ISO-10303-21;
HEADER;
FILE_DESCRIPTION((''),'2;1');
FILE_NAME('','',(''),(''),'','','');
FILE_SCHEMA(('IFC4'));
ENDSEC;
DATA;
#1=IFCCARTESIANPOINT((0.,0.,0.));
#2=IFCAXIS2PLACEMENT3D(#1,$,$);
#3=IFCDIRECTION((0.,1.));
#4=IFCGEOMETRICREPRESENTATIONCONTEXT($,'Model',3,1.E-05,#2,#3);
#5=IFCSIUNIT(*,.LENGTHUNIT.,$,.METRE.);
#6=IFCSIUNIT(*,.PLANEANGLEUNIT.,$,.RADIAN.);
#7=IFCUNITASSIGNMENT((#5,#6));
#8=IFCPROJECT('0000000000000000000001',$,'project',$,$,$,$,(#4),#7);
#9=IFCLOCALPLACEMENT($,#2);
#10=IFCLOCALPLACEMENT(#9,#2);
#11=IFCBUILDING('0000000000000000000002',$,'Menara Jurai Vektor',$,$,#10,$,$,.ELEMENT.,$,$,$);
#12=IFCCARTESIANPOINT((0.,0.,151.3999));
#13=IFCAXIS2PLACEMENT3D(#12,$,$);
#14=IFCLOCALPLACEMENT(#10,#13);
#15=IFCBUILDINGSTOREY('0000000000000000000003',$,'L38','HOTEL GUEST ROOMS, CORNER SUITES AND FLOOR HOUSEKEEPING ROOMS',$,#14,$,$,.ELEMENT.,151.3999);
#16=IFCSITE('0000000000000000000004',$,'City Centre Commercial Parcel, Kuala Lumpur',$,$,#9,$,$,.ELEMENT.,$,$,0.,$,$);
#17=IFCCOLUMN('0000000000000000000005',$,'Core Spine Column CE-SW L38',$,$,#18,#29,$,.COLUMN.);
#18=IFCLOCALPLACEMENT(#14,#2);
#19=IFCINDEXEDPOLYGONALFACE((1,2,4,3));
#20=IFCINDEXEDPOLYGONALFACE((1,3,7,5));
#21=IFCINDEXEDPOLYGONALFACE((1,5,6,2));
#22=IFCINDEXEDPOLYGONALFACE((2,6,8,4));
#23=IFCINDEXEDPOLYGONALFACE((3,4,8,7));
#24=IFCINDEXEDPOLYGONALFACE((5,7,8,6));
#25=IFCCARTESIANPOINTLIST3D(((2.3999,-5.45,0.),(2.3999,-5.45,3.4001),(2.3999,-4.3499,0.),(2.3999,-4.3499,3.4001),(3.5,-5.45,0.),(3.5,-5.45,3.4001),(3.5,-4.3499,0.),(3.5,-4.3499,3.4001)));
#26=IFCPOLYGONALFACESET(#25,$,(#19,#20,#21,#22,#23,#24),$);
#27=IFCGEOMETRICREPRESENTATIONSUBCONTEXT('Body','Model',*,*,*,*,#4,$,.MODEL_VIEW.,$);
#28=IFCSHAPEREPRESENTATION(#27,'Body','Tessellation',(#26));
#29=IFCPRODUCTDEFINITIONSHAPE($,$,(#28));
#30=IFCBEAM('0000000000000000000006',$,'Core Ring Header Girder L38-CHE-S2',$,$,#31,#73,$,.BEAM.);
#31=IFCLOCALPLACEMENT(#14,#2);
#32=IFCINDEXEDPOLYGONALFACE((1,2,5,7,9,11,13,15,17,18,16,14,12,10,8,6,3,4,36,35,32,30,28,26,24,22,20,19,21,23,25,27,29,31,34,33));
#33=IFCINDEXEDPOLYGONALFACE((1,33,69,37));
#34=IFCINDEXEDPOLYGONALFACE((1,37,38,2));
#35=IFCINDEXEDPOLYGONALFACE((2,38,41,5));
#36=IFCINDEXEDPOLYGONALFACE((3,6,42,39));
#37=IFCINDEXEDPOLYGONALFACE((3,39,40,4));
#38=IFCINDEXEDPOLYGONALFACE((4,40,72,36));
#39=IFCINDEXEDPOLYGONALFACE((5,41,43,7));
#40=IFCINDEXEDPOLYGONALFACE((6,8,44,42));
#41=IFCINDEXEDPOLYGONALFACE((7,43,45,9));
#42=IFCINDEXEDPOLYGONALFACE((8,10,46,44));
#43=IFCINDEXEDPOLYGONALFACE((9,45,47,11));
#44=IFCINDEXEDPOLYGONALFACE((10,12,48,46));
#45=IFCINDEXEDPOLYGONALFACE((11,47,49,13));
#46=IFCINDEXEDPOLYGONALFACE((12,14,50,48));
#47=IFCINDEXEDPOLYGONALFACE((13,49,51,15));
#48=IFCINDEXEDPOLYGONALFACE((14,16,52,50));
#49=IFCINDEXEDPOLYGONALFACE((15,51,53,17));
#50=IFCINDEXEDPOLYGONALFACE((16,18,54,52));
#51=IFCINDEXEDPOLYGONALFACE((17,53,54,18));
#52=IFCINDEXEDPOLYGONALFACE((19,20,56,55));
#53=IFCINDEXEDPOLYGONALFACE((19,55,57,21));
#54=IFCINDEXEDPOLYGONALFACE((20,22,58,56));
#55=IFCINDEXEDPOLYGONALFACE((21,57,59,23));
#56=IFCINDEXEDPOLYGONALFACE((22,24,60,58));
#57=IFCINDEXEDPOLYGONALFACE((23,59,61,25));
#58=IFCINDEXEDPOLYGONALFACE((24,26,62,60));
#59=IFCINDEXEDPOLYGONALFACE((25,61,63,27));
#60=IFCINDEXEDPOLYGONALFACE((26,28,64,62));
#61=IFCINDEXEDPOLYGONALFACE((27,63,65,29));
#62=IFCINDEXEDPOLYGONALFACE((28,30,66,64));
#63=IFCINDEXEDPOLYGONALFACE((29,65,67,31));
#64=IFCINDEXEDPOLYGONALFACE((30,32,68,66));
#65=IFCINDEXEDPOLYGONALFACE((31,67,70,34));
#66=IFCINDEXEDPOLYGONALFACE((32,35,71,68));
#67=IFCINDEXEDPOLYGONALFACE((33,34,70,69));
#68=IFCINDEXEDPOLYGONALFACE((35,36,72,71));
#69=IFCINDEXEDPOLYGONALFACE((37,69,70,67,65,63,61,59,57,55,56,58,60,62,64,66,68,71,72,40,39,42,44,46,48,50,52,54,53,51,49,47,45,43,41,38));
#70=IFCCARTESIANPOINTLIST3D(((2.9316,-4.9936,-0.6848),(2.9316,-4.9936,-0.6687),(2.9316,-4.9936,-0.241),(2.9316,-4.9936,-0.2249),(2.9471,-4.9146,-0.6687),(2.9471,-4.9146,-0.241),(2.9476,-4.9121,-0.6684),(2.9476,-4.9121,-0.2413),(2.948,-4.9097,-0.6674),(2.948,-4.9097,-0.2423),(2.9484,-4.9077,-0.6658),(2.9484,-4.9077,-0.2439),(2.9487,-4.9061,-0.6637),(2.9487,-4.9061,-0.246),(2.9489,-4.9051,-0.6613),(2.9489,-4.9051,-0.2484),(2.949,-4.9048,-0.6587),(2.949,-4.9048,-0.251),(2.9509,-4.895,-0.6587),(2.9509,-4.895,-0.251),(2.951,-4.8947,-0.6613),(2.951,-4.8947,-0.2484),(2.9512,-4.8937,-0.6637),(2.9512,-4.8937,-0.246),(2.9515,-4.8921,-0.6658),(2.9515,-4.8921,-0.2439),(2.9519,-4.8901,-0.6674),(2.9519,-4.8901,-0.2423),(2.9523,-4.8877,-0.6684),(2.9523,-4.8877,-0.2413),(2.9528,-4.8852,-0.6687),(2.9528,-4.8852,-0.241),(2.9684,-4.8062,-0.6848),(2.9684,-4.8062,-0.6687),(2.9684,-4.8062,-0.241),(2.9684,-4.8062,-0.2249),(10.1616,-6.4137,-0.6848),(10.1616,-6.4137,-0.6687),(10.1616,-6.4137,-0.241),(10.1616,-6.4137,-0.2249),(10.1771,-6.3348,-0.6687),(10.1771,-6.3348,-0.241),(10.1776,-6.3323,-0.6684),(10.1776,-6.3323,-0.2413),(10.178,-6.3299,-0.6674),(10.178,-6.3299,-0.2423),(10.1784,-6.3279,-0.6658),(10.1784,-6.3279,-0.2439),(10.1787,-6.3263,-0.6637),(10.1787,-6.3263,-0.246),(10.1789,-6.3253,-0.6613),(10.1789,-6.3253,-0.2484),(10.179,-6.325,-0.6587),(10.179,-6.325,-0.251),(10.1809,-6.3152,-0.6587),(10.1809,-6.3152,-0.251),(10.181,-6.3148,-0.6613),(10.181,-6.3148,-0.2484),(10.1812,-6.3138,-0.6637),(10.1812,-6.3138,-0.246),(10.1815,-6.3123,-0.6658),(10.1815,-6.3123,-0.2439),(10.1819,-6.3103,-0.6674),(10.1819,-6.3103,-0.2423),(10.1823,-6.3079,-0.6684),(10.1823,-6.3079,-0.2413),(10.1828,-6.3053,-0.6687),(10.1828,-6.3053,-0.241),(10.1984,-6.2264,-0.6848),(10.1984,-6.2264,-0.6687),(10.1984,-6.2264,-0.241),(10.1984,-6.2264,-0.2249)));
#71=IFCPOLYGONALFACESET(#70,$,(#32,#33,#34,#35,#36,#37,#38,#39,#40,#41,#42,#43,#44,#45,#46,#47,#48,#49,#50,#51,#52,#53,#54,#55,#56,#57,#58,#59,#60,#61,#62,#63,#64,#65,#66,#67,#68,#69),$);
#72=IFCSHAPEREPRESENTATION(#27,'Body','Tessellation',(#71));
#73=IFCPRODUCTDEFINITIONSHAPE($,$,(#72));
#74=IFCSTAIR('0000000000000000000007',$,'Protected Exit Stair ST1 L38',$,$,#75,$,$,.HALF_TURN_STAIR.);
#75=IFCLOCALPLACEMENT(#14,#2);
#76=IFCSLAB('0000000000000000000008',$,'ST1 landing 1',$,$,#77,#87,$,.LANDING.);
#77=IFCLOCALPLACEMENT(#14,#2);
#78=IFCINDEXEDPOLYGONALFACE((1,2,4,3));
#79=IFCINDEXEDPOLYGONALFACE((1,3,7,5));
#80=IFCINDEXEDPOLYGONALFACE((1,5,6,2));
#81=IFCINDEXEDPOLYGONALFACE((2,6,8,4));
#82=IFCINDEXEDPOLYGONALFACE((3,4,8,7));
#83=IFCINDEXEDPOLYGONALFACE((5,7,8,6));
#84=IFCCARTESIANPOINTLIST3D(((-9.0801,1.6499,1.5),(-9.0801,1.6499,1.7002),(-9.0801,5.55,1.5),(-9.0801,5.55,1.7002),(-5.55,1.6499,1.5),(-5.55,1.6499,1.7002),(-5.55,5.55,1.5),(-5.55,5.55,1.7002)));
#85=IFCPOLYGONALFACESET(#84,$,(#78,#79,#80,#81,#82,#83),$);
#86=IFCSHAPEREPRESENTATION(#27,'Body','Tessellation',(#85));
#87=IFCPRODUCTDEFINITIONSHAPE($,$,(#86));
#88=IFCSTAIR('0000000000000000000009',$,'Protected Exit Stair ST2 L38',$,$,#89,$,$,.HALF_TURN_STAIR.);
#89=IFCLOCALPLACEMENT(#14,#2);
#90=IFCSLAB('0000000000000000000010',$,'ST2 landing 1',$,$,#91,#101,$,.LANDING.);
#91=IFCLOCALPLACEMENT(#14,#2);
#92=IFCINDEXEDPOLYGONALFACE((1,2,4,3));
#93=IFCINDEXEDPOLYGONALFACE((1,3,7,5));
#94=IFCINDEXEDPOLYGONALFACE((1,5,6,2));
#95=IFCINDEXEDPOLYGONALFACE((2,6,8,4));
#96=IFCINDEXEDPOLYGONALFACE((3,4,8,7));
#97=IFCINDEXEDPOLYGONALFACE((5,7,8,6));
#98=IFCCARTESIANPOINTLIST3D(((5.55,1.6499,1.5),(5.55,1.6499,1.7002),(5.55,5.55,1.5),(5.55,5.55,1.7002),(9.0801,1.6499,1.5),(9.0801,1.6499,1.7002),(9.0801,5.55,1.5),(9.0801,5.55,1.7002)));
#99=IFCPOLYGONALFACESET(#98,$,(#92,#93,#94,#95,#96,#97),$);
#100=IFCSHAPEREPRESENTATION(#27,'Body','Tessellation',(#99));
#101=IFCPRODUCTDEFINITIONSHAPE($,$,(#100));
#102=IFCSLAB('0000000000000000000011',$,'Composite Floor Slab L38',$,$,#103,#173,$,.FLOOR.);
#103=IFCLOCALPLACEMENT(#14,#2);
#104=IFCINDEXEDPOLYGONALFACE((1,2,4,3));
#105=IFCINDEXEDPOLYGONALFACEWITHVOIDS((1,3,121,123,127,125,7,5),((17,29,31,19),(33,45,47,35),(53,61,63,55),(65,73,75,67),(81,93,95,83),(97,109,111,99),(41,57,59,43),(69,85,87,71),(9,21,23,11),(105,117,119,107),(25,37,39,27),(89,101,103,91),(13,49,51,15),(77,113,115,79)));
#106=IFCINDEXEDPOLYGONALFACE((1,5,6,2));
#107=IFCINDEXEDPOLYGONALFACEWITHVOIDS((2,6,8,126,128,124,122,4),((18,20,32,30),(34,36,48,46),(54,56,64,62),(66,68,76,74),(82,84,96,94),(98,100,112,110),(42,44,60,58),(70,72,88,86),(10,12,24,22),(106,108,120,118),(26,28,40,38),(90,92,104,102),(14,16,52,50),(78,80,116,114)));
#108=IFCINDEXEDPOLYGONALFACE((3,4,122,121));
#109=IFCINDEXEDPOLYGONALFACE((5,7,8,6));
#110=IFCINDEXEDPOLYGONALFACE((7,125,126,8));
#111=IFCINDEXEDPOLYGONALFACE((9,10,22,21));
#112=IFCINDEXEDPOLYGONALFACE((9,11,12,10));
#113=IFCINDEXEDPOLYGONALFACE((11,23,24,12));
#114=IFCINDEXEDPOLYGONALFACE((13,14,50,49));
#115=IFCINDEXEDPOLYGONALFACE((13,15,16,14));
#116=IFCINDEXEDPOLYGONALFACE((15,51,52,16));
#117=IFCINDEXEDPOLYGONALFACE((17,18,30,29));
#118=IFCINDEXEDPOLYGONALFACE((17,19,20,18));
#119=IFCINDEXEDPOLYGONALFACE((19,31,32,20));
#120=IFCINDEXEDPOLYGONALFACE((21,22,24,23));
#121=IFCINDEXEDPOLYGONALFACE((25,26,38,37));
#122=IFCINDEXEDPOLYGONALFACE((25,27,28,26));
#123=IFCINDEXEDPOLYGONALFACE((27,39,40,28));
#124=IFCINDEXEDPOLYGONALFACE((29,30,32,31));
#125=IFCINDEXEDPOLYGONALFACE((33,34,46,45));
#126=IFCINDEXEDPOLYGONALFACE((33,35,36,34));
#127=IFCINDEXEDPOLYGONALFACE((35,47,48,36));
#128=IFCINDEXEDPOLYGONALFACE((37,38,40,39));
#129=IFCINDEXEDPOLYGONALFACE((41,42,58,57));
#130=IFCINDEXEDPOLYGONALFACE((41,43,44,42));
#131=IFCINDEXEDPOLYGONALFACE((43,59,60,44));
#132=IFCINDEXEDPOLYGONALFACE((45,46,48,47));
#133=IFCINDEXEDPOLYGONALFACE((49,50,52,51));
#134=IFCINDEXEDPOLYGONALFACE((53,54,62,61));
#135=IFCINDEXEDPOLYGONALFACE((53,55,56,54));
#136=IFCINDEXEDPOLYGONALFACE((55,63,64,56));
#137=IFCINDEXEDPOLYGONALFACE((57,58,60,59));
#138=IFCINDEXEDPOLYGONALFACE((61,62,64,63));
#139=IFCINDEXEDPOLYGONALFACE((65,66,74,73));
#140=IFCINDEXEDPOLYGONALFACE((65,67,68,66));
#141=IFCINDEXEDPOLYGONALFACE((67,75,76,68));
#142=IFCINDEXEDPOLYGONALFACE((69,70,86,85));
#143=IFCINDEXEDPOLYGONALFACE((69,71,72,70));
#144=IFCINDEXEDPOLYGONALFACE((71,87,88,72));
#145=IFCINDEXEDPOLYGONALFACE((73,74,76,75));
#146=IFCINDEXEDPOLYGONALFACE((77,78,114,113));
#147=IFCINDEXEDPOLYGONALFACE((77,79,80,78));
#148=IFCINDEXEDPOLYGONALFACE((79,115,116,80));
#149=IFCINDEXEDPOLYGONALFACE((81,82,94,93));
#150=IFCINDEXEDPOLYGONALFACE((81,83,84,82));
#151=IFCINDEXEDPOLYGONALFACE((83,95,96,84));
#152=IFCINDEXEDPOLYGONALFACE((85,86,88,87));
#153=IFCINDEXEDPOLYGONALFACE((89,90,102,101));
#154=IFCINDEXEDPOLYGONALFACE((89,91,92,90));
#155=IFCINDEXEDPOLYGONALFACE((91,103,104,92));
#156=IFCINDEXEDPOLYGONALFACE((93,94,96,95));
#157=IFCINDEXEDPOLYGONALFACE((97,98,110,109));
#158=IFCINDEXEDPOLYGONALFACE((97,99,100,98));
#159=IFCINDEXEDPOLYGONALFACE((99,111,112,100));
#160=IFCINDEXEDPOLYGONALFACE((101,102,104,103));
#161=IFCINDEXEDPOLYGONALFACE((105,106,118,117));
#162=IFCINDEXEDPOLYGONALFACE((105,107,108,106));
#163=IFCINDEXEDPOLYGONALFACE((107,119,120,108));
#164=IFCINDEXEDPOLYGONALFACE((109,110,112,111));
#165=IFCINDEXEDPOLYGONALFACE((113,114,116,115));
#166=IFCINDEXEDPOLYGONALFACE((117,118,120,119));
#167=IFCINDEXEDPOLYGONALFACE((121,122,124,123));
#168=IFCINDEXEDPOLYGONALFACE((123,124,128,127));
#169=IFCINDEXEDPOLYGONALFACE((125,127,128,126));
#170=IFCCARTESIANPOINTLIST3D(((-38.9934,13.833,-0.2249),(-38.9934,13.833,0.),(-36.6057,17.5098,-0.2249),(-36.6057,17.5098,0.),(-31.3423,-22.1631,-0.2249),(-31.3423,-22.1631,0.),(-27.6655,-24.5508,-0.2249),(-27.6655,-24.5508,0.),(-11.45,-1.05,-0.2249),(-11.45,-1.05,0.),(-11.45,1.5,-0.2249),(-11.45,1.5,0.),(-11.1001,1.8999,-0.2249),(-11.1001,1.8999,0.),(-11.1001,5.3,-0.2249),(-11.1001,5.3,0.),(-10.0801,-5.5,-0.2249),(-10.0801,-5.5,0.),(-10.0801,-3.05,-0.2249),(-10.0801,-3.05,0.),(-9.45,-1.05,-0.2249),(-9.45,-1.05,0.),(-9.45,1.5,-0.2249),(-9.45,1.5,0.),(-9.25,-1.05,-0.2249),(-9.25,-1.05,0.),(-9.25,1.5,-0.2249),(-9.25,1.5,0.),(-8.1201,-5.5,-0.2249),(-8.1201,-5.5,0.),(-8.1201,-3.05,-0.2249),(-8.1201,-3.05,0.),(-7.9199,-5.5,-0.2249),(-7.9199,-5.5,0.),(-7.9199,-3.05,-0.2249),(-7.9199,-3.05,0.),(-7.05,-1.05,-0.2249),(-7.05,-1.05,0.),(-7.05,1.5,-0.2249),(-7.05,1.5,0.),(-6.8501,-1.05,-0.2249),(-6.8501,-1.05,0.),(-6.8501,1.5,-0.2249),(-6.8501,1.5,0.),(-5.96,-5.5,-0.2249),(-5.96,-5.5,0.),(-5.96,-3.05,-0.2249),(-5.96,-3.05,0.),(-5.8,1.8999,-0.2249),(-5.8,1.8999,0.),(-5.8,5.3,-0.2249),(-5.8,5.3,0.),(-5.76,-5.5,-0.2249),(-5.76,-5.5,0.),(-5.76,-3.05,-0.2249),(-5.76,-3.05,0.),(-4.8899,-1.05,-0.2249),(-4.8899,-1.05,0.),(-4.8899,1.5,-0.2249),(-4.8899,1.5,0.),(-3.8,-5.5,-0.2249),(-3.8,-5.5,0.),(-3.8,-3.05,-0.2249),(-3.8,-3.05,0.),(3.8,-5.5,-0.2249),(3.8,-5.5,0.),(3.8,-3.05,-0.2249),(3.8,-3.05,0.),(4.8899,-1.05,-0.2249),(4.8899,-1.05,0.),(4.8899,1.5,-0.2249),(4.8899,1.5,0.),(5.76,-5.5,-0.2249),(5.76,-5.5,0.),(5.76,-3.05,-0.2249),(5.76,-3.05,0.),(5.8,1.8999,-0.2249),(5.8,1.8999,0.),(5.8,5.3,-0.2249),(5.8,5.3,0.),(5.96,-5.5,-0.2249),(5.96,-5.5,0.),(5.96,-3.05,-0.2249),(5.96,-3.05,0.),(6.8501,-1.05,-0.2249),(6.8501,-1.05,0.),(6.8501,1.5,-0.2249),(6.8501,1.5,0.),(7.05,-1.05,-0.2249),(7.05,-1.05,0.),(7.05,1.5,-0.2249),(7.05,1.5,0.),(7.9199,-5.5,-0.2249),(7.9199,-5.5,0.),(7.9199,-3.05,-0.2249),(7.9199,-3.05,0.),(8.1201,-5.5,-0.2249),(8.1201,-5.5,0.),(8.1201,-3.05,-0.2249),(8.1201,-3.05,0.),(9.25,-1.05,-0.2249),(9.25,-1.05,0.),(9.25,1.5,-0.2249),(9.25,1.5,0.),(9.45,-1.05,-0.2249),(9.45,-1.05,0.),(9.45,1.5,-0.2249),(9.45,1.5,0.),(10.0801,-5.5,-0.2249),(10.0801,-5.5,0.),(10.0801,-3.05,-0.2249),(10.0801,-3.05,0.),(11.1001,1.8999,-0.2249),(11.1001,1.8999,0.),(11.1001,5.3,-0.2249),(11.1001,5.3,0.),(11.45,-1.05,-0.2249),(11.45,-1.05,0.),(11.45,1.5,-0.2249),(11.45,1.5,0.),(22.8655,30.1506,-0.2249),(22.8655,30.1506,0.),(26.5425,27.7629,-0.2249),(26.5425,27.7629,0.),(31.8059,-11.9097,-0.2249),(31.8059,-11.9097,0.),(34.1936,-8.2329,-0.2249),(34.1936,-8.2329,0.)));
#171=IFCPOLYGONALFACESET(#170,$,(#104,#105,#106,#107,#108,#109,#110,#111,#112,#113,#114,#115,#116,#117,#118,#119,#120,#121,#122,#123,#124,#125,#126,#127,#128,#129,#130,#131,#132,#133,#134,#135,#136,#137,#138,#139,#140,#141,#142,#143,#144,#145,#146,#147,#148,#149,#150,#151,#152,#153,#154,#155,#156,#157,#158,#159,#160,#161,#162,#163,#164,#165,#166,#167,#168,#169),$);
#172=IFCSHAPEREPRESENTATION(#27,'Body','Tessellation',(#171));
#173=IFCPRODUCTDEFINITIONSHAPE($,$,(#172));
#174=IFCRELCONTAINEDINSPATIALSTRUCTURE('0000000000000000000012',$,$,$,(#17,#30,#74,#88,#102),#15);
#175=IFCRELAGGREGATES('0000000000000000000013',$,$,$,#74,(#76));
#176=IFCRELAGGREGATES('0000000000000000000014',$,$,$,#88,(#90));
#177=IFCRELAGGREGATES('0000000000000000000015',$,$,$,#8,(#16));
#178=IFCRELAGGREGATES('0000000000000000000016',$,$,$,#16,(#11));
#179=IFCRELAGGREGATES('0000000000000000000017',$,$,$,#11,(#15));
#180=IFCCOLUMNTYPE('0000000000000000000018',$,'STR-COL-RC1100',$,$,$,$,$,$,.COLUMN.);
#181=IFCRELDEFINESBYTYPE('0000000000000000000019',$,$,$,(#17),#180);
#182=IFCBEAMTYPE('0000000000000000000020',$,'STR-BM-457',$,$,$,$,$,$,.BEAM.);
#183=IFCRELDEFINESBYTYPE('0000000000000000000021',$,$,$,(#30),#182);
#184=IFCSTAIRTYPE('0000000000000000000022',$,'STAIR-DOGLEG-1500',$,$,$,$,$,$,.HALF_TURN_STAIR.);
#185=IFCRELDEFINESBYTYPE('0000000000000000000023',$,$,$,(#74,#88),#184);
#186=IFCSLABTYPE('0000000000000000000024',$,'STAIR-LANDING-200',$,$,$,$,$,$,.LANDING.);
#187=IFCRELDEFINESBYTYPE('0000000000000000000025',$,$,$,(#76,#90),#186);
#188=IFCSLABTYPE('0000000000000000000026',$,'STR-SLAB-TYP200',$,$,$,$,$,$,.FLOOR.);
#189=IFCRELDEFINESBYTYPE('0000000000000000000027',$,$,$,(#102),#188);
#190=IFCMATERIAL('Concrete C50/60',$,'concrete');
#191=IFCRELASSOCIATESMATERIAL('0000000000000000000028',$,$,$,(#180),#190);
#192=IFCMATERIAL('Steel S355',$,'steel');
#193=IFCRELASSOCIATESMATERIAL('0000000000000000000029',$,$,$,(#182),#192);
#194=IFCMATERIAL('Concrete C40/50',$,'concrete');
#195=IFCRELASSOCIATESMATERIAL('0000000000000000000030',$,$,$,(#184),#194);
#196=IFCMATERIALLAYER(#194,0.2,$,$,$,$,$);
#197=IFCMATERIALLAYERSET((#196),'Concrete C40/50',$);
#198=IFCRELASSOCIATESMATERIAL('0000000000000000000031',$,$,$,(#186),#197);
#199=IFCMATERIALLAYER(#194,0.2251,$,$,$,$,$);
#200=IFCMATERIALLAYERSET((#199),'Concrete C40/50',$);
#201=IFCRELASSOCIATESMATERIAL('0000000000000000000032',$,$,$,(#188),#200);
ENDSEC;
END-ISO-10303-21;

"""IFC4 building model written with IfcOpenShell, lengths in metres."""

from ifc_helpers import new_model, si_unit, direction, frame, origin, origin_2d, place, context, subcontext, project, spatial, polyline, rectangle, i_section, outline, extrude, material, layer, layer_set, material_profile, profile_set, type_object, element, aggregate, save


model = new_model("IFC4")

# Units and contexts
model_context = context("Model", 3, precision=1e-05, world=origin(), true_north=direction((0.0, 1.0)))
body_context = subcontext(model_context, "Body", "Model", "MODEL_VIEW")
ifc_project = project(units=[si_unit("LENGTHUNIT", "METRE"), si_unit("PLANEANGLEUNIT", "RADIAN")], contexts=[model_context])

# Site, building, storey
site_placement = place(None, origin())
site = spatial("IfcSite", under=ifc_project, at=site_placement, Name="City Centre Commercial Parcel, Kuala Lumpur", CompositionType="ELEMENT", RefElevation=0.0)
building_placement = place(site_placement, origin())
building = spatial("IfcBuilding", under=site, at=building_placement, Name="Menara Jurai Vektor", CompositionType="ELEMENT")
storey_placement = place(building_placement, frame((0.0, 0.0, 151.3999)))
storey = spatial("IfcBuildingStorey", under=building, at=storey_placement, Name="L38", Description="HOTEL GUEST ROOMS, CORNER SUITES AND FLOOR HOUSEKEEPING ROOMS", CompositionType="ELEMENT", Elevation=151.3999)

# Column
ifc_material_1 = material(Name="Concrete C50/60", Category="concrete")
ifc_material_profile_1 = material_profile(ifc_material_1, rectangle(XDim=1.1001, YDim=1.1001, at=origin_2d()), Name="RC 1100x1100")
ifc_profile_set_1 = profile_set([ifc_material_profile_1], Name="Concrete C50/60")
column_type = type_object("IfcColumnType", Name="STR-COL-RC1100", PredefinedType="COLUMN", material=ifc_profile_set_1)
column_placement = place(storey_placement, frame((2.95, -4.8999, 0.0), z_axis=(0.0, 0.0, 1.0), x_axis=(1.0, 0.0, 0.0)))
element("IfcColumn", 1, at=column_placement, inside=storey, type_object=column_type, Name="Core Spine Column CE-SW L38", PredefinedType="COLUMN", context=body_context, shape_type="SweptSolid", body=[
    extrude(rectangle(XDim=1.1001, YDim=1.1001, at=origin_2d()), origin(), (0.0, 0.0, 1.0), 3.4001),
])

# Beam
ifc_material_2 = material(Name="Steel S355", Category="steel")
ifc_material_profile_2 = material_profile(ifc_material_2, i_section(OverallWidth=0.1909, OverallDepth=0.46, WebThickness=0.01, FlangeThickness=0.0161, FilletRadius=0.01, at=origin_2d()), Name="UKB 457x191x82")
ifc_profile_set_2 = profile_set([ifc_material_profile_2], Name="Steel S355")
beam_type = type_object("IfcBeamType", Name="STR-BM-457", PredefinedType="BEAM", material=ifc_profile_set_2)
beam_placement = place(storey_placement, frame((2.95, -4.8999, -0.4548), z_axis=(0.981249, -0.192744, 0.0), x_axis=(0.192744, 0.981249, 0.0)))
element("IfcBeam", 2, at=beam_placement, inside=storey, type_object=beam_type, Name="Core Ring Header Girder L38-CHE-S2", PredefinedType="BEAM", context=body_context, shape_type="SweptSolid", body=[
    extrude(i_section(OverallWidth=0.1909, OverallDepth=0.46, WebThickness=0.01, FlangeThickness=0.0161, FilletRadius=0.01, at=origin_2d()), origin(), (0.0, 0.0, 1.0), 7.3682),
])

# Stairs, slabs
ifc_material_3 = material(Name="Concrete C40/50", Category="concrete")
stair_type = type_object("IfcStairType", Name="STAIR-DOGLEG-1500", PredefinedType="HALF_TURN_STAIR", material=ifc_material_3)
stair_1_placement = place(storey_placement, origin())
stair_1 = element("IfcStair", 3, at=stair_1_placement, inside=storey, type_object=stair_type, Name="Protected Exit Stair ST1 L38", PredefinedType="HALF_TURN_STAIR")
ifc_layer_1 = layer(ifc_material_3, 0.2)
ifc_layer_set_1 = layer_set([ifc_layer_1], Name="Concrete C40/50")
slab_type_1 = type_object("IfcSlabType", Name="STAIR-LANDING-200", PredefinedType="LANDING", material=ifc_layer_set_1)
slab_1_placement = place(storey_placement, frame((0.0, 0.0, 1.5)))
slab_1 = element("IfcSlab", 4, at=slab_1_placement, type_object=slab_type_1, Name="ST1 landing 1", PredefinedType="LANDING", context=body_context, shape_type="SweptSolid", body=[
    extrude(outline(polyline([(-9.0801, 1.6499), (-5.55, 1.6499), (-5.55, 5.55), (-9.0801, 5.55), (-9.0801, 1.6499)])), origin(), (0.0, 0.0, 1.0), 0.2002),
])
aggregate(stair_1, [slab_1])
stair_2_placement = place(storey_placement, origin())
stair_2 = element("IfcStair", 5, at=stair_2_placement, inside=storey, type_object=stair_type, Name="Protected Exit Stair ST2 L38", PredefinedType="HALF_TURN_STAIR")
slab_2_placement = place(storey_placement, frame((0.0, 0.0, 1.5)))
slab_2 = element("IfcSlab", 6, at=slab_2_placement, type_object=slab_type_1, Name="ST2 landing 1", PredefinedType="LANDING", context=body_context, shape_type="SweptSolid", body=[
    extrude(outline(polyline([(5.55, 1.6499), (9.0801, 1.6499), (9.0801, 5.55), (5.55, 5.55), (5.55, 1.6499)])), origin(), (0.0, 0.0, 1.0), 0.2002),
])
aggregate(stair_2, [slab_2])

# Slab
ifc_layer_2 = layer(ifc_material_3, 0.2251)
ifc_layer_set_2 = layer_set([ifc_layer_2], Name="Concrete C40/50")
slab_type_2 = type_object("IfcSlabType", Name="STR-SLAB-TYP200", PredefinedType="FLOOR", material=ifc_layer_set_2)
slab_3_placement = place(storey_placement, frame((0.0, 0.0, -0.2249)))
element("IfcSlab", 7, at=slab_3_placement, inside=storey, type_object=slab_type_2, Name="Composite Floor Slab L38", PredefinedType="FLOOR", context=body_context, shape_type="SweptSolid", body=[
    extrude(outline(polyline([(-27.6655, -24.5508), (31.8059, -11.9097), (34.1936, -8.2329), (26.5425, 27.7629), (22.8655, 30.1506), (-36.6057, 17.5098), (-38.9934, 13.833), (-31.3423, -22.1631), (-27.6655, -24.5508)]), holes=[polyline([(-11.1001, 1.8999), (-11.1001, 5.3), (-5.8, 5.3), (-5.8, 1.8999), (-11.1001, 1.8999)]), polyline([(5.8, 1.8999), (5.8, 5.3), (11.1001, 5.3), (11.1001, 1.8999), (5.8, 1.8999)]), polyline([(-11.45, -1.05), (-11.45, 1.5), (-9.45, 1.5), (-9.45, -1.05), (-11.45, -1.05)]), polyline([(9.45, -1.05), (9.45, 1.5), (11.45, 1.5), (11.45, -1.05), (9.45, -1.05)]), polyline([(-5.76, -5.5), (-5.76, -3.05), (-3.8, -3.05), (-3.8, -5.5), (-5.76, -5.5)]), polyline([(-6.8501, -1.05), (-6.8501, 1.5), (-4.8899, 1.5), (-4.8899, -1.05), (-6.8501, -1.05)]), polyline([(3.8, -5.5), (3.8, -3.05), (5.76, -3.05), (5.76, -5.5), (3.8, -5.5)]), polyline([(4.8899, -1.05), (4.8899, 1.5), (6.8501, 1.5), (6.8501, -1.05), (4.8899, -1.05)]), polyline([(-10.0801, -5.5), (-10.0801, -3.05), (-8.1201, -3.05), (-8.1201, -5.5), (-10.0801, -5.5)]), polyline([(-7.9199, -5.5), (-7.9199, -3.05), (-5.96, -3.05), (-5.96, -5.5), (-7.9199, -5.5)]), polyline([(5.96, -5.5), (5.96, -3.05), (7.9199, -3.05), (7.9199, -5.5), (5.96, -5.5)]), polyline([(8.1201, -5.5), (8.1201, -3.05), (10.0801, -3.05), (10.0801, -5.5), (8.1201, -5.5)]), polyline([(-9.25, -1.05), (-9.25, 1.5), (-7.05, 1.5), (-7.05, -1.05), (-9.25, -1.05)]), polyline([(7.05, -1.05), (7.05, 1.5), (9.25, 1.5), (9.25, -1.05), (7.05, -1.05)])]), origin(), (0.0, 0.0, 1.0), 0.2249),
])

save(model, "model.ifc")
